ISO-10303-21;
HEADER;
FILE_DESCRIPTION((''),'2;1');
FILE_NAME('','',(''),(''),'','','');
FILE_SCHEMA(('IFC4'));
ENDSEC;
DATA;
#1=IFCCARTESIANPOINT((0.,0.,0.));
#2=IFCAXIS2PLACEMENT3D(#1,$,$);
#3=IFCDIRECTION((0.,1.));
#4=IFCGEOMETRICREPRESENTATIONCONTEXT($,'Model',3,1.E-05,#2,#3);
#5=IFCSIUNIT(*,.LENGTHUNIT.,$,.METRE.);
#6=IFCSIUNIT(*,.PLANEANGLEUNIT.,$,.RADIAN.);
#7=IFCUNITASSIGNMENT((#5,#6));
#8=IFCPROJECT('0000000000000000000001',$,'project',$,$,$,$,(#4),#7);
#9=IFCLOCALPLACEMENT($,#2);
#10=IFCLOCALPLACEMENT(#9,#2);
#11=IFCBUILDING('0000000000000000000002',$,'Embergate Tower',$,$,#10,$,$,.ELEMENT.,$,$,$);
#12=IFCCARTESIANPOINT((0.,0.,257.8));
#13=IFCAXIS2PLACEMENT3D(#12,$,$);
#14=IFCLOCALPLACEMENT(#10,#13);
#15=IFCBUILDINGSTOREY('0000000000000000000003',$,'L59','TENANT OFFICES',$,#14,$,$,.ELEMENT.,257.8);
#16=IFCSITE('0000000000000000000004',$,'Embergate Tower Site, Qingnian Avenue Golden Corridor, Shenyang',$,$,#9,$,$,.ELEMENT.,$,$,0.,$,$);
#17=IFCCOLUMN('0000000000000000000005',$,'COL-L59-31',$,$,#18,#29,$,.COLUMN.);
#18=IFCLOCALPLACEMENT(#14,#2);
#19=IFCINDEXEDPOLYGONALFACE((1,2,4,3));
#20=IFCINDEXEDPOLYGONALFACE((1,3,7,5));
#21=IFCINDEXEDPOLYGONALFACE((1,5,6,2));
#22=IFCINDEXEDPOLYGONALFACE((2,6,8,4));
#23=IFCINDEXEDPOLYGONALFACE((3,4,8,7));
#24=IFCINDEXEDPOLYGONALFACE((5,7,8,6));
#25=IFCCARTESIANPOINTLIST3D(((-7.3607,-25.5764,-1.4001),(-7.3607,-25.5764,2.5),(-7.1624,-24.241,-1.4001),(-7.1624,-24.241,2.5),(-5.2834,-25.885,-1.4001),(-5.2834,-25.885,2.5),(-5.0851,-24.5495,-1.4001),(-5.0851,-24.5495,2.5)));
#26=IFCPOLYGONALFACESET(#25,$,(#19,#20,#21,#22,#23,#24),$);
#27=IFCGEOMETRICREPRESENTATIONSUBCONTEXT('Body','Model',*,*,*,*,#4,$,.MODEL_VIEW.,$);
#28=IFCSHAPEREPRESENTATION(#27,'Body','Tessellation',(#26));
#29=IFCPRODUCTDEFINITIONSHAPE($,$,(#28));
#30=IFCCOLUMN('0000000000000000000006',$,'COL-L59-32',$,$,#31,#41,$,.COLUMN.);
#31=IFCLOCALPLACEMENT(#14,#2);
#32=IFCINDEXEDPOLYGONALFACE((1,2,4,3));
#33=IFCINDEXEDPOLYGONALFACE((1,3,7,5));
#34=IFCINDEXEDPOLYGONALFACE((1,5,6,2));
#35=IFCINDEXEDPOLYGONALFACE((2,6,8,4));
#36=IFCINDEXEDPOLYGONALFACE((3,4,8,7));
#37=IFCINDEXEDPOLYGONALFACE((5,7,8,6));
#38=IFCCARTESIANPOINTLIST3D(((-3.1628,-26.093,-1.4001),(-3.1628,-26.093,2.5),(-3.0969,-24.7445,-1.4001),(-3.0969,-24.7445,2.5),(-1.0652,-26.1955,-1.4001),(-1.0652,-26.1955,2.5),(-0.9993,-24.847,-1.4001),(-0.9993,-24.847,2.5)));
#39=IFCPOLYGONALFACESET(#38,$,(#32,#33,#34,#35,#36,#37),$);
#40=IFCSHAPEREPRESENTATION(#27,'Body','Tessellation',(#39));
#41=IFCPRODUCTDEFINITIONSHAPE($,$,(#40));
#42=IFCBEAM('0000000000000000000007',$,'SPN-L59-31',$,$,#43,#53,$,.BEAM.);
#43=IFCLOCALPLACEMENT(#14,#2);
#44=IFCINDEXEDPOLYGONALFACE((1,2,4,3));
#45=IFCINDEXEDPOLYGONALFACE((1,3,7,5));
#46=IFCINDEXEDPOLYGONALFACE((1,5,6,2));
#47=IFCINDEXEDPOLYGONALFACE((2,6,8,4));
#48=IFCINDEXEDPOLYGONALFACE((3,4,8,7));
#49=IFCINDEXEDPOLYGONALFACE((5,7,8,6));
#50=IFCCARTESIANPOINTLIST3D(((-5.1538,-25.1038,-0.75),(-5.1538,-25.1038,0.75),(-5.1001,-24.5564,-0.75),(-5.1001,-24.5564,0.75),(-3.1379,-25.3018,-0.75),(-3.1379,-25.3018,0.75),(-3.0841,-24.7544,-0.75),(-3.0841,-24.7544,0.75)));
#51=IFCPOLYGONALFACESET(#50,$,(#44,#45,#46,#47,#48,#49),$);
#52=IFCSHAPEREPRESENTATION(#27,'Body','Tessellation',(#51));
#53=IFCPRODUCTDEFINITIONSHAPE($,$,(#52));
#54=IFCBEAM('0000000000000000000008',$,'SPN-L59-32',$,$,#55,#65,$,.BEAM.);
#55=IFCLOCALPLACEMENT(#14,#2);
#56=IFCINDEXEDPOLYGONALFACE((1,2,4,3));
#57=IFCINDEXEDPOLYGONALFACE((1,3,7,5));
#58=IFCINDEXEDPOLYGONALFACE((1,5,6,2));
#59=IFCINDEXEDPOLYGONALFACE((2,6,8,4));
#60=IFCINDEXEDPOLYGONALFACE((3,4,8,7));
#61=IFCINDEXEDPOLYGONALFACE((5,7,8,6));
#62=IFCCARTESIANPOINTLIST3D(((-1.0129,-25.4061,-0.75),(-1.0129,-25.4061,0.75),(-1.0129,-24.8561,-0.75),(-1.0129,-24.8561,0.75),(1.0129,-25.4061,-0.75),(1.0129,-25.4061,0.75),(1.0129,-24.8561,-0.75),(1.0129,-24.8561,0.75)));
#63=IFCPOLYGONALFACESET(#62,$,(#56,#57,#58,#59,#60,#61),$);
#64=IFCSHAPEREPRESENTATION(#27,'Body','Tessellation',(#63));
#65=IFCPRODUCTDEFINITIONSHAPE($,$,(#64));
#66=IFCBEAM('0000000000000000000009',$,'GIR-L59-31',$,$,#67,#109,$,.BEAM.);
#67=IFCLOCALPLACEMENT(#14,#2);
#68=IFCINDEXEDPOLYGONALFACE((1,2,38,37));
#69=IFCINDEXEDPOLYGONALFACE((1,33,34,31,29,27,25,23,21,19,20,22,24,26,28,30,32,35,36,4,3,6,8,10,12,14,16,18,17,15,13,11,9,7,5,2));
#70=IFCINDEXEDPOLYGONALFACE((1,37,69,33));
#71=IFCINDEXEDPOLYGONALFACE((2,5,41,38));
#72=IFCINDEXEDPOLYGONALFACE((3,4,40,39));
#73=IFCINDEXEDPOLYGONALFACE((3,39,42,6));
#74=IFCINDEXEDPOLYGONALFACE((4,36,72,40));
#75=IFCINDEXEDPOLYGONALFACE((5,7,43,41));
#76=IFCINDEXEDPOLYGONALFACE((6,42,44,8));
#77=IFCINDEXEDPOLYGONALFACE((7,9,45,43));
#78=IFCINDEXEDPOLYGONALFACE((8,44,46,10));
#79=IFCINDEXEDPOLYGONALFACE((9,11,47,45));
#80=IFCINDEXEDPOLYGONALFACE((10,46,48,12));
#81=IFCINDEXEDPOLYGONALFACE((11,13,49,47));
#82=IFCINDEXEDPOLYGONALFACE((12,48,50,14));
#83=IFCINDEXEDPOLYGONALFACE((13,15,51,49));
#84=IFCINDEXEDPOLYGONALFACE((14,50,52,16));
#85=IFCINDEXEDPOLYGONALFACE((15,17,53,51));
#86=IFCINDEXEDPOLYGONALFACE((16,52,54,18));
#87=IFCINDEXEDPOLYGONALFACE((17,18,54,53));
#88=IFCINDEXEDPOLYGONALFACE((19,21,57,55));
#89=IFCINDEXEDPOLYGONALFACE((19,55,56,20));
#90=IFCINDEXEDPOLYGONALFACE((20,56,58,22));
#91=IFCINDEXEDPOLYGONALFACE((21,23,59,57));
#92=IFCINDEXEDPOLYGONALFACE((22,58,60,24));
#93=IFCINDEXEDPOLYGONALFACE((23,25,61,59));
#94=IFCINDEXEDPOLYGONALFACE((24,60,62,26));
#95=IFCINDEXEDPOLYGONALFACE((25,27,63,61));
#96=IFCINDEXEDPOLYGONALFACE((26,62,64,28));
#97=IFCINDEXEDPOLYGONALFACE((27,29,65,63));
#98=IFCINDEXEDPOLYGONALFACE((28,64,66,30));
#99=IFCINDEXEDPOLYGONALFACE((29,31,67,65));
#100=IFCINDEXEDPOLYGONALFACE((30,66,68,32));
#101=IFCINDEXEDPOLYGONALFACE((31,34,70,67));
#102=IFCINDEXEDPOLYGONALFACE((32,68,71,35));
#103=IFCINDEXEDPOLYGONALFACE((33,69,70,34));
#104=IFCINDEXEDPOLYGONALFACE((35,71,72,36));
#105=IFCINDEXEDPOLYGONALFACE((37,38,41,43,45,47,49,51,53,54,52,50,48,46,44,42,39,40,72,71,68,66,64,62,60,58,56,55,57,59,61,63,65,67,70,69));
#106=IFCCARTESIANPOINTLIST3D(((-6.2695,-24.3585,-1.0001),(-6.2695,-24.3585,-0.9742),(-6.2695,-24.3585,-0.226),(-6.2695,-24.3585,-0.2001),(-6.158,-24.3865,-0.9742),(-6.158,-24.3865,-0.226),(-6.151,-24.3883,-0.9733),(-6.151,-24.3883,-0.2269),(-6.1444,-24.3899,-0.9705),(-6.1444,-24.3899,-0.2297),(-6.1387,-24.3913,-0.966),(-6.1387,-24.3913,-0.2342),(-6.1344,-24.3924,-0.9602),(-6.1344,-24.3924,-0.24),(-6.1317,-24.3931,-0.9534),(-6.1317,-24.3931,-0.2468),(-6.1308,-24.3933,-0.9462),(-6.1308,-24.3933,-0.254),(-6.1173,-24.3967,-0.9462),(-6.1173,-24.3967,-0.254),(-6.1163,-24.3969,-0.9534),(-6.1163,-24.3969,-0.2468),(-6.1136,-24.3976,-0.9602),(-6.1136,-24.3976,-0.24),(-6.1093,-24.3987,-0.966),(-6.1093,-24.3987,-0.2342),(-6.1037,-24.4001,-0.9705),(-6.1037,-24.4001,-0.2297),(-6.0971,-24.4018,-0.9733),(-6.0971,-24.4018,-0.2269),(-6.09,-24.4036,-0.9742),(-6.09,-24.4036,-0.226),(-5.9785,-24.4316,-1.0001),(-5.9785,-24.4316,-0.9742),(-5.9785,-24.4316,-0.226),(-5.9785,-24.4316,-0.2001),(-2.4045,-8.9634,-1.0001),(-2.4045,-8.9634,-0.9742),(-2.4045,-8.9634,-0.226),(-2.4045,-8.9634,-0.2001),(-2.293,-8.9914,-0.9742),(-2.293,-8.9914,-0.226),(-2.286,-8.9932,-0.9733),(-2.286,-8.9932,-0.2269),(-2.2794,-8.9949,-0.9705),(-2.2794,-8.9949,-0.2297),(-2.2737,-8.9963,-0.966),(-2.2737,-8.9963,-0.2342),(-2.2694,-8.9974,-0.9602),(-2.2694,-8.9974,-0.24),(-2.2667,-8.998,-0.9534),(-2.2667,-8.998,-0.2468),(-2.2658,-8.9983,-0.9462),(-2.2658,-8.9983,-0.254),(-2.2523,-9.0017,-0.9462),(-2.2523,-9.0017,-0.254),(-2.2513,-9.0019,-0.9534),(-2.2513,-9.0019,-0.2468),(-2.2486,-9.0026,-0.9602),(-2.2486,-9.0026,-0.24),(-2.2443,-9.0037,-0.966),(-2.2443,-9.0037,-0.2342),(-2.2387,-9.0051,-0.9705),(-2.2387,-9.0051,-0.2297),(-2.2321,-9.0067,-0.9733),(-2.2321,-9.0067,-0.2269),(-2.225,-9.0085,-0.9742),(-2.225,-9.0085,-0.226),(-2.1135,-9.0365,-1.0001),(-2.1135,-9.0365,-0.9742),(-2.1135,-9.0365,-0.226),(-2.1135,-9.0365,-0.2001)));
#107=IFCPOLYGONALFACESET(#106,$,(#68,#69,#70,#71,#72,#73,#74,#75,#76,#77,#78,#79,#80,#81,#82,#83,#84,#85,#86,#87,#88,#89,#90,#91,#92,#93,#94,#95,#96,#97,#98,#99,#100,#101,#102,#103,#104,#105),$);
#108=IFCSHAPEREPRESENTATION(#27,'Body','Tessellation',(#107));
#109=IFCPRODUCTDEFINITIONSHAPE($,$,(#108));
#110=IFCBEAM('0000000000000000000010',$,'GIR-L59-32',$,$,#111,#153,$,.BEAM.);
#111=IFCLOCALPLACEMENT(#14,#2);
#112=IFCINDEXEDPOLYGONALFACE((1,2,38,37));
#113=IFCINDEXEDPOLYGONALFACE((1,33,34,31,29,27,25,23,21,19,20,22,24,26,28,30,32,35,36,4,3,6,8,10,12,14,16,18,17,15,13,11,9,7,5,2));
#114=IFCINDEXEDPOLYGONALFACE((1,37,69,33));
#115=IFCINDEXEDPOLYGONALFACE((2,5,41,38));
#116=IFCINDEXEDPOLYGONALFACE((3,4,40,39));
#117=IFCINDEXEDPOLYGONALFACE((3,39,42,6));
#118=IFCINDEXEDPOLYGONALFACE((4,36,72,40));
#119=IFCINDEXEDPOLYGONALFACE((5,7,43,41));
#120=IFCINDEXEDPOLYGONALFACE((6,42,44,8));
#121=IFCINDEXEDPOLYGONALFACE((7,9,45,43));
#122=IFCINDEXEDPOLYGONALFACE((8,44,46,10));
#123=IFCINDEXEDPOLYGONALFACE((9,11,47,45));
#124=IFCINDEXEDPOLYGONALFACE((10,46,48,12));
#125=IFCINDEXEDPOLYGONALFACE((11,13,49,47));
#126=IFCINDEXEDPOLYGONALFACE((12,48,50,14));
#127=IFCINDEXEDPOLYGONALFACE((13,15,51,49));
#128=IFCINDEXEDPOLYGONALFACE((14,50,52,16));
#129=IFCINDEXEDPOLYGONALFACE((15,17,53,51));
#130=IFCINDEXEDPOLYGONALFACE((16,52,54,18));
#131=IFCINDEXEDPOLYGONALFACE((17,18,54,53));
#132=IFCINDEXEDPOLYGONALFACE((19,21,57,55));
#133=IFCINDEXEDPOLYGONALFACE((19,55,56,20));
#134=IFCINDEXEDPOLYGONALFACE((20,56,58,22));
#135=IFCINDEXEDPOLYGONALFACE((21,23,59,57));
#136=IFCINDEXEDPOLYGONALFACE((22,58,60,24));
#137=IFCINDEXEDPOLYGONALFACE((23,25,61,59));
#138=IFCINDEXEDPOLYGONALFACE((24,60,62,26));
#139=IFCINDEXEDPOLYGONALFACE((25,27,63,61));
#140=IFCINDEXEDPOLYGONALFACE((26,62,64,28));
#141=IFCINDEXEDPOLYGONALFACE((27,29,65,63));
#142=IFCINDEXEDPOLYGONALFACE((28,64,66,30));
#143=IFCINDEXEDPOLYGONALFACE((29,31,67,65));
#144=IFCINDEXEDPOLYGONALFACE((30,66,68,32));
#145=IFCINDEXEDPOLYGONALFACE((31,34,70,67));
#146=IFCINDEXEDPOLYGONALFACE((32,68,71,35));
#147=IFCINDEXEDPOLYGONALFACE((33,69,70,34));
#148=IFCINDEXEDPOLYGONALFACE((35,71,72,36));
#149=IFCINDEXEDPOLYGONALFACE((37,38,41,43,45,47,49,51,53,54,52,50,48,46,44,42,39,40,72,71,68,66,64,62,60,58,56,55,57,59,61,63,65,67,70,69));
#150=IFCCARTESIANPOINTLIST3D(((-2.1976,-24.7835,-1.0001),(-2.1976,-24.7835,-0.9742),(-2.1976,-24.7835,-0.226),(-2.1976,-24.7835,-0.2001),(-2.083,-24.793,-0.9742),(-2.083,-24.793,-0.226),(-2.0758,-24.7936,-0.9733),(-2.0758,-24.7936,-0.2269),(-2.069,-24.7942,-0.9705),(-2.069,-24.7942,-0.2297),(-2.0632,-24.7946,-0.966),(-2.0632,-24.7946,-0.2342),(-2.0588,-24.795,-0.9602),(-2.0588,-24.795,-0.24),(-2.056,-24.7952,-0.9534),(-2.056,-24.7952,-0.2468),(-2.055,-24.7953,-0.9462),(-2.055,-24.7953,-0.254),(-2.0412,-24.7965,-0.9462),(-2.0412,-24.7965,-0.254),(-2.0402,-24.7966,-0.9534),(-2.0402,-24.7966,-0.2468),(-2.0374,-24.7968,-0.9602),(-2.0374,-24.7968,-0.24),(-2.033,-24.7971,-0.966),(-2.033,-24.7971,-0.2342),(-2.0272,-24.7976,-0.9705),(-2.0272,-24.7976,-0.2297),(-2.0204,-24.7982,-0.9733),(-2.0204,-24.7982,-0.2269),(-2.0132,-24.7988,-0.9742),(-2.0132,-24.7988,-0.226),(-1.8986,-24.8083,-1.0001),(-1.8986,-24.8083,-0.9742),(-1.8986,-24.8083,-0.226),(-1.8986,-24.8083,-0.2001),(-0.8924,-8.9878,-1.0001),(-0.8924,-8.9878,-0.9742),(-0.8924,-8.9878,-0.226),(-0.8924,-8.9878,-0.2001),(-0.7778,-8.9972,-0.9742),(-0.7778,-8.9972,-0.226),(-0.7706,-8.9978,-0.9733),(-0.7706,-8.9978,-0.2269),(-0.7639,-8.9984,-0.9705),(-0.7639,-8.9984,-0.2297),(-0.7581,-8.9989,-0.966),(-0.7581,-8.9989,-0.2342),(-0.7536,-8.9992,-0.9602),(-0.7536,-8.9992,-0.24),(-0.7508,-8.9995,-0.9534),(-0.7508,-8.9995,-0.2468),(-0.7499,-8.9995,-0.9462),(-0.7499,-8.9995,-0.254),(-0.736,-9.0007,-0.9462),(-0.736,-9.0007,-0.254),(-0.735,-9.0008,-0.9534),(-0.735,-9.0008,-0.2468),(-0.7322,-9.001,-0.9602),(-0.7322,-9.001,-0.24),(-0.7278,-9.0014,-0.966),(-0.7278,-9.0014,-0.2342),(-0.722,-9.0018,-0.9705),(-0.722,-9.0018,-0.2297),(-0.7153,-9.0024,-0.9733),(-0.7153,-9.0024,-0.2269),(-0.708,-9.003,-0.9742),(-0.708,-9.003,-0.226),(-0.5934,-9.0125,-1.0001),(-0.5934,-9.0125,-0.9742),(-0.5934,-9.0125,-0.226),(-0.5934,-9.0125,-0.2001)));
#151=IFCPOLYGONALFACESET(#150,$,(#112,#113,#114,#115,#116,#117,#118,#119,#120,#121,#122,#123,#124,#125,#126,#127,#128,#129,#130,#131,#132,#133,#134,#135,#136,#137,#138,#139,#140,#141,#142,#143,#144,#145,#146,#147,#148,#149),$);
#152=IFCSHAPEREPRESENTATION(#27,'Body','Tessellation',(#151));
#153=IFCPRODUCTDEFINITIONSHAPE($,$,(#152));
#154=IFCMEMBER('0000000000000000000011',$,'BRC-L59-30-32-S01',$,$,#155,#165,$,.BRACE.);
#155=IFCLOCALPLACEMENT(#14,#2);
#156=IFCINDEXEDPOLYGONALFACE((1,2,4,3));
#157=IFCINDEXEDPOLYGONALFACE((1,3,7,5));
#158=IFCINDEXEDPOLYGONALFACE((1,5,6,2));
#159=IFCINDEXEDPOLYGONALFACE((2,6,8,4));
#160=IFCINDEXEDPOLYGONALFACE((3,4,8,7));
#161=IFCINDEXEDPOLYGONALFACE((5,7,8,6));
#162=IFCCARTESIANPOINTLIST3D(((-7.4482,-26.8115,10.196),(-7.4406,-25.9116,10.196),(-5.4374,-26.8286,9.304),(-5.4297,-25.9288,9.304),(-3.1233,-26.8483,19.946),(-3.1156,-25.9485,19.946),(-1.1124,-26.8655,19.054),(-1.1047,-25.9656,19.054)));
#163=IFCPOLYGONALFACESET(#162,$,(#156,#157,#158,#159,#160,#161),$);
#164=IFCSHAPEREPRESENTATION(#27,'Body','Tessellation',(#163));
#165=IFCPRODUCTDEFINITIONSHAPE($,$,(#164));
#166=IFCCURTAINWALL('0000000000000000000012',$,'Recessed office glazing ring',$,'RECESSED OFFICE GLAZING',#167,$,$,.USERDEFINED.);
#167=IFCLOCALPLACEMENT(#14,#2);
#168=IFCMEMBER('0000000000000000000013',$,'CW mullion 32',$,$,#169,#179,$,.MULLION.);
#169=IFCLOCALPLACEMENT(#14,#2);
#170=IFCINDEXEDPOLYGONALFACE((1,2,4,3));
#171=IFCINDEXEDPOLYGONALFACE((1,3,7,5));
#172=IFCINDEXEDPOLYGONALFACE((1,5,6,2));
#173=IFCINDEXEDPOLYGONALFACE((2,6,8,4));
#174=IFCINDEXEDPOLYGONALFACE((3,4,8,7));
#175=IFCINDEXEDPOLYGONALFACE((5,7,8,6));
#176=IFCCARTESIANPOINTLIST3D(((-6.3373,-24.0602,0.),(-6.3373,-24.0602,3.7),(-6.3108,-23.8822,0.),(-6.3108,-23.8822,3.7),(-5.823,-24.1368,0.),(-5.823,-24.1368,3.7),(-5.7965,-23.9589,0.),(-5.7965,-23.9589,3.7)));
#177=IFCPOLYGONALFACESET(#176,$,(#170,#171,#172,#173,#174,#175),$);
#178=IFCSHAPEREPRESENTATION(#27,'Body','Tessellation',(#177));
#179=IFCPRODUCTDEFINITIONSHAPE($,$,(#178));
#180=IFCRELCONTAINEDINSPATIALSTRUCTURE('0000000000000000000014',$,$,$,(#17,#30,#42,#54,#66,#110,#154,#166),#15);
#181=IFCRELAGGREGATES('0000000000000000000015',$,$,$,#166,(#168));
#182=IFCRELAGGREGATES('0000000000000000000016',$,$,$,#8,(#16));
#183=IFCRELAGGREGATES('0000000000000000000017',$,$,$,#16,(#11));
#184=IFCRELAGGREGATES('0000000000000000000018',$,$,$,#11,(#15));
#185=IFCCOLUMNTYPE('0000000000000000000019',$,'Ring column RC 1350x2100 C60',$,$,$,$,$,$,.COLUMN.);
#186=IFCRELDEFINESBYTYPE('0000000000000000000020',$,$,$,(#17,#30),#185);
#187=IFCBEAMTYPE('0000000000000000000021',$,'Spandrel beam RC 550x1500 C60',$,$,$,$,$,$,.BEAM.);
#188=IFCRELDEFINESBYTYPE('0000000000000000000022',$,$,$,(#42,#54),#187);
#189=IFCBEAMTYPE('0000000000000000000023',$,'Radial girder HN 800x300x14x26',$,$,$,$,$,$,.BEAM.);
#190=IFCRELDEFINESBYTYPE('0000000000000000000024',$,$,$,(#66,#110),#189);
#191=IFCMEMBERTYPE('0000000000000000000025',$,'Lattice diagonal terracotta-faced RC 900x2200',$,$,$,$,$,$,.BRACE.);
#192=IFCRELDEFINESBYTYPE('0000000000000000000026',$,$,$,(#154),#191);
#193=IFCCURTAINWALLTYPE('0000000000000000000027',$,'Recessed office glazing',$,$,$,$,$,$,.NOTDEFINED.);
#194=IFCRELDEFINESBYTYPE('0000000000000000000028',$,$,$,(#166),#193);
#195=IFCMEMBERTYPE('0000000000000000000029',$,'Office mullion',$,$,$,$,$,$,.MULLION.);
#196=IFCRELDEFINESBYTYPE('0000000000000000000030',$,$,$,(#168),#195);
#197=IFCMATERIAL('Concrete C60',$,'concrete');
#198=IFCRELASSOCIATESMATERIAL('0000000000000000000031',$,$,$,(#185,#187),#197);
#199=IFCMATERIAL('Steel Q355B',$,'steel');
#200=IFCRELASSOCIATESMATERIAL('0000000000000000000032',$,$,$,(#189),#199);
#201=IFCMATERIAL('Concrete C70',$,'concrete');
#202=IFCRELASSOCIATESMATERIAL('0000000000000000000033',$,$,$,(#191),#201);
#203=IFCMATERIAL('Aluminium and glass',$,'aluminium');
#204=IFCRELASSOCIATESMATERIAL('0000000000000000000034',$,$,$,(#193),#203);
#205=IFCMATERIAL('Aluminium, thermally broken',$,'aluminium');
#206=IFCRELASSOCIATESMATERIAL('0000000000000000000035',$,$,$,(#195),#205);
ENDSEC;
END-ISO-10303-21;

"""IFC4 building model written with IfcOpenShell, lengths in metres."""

from ifc_helpers import new_model, si_unit, direction, frame, origin, origin_2d, place, context, subcontext, project, spatial, rectangle, i_section, extrude, source, transform, mapped, material, material_profile, profile_set, type_object, element, aggregate, save


model = new_model("IFC4")

# Units and contexts
model_context = context("Model", 3, precision=1e-05, world=origin(), true_north=direction((0.0, 1.0)))
body_context = subcontext(model_context, "Body", "Model", "MODEL_VIEW")
ifc_project = project(units=[si_unit("LENGTHUNIT", "METRE"), si_unit("PLANEANGLEUNIT", "RADIAN")], contexts=[model_context])

# Site, building, storey
site_placement = place(None, origin())
site = spatial("IfcSite", under=ifc_project, at=site_placement, Name="Embergate Tower Site, Qingnian Avenue Golden Corridor, Shenyang", CompositionType="ELEMENT", RefElevation=0.0)
building_placement = place(site_placement, origin())
building = spatial("IfcBuilding", under=site, at=building_placement, Name="Embergate Tower", CompositionType="ELEMENT")
storey_placement = place(building_placement, frame((0.0, 0.0, 257.8)))
storey = spatial("IfcBuildingStorey", under=building, at=storey_placement, Name="L59", Description="TENANT OFFICES", CompositionType="ELEMENT", Elevation=257.8)

# Columns
ifc_material_1 = material(Name="Concrete C60", Category="concrete")
ifc_material_profile_1 = material_profile(ifc_material_1, rectangle(XDim=1.3501, YDim=2.1001, at=origin_2d()), Name="RC 1350x2100")
ifc_profile_set_1 = profile_set([ifc_material_profile_1], Name="Concrete C60")
column_type = type_object("IfcColumnType", Name="Ring column RC 1350x2100 C60", PredefinedType="COLUMN", material=ifc_profile_set_1)
shared_shape_1 = source(origin(), body_context, "Body", "SweptSolid", [
    extrude(rectangle(XDim=1.3501, YDim=2.1001, at=origin_2d()), origin(), (0.0, 0.0, 1.0), 3.9001),
])
for number, where, z_axis, x_axis, name in (
    (1, (-6.2229, -25.063, -1.4001), (0.0, 0.0, 1.0), (-0.146929, -0.989147, 0.0), "COL-L59-31"),
    (2, (-2.0811, -25.47, -1.4001), (0.0, 0.0, 1.0), (-0.048815, -0.998808, 0.0), "COL-L59-32"),
):
    element("IfcColumn", number, at=place(storey_placement, frame(where, z_axis=z_axis, x_axis=x_axis)), inside=storey, type_object=column_type, Name=name, PredefinedType="COLUMN", context=body_context, shape_type="MappedRepresentation", body=[
        mapped(shared_shape_1, transform((0.0, 0.0, 0.0))),
    ])

# Beams
ifc_material_profile_2 = material_profile(ifc_material_1, rectangle(XDim=0.55, YDim=1.5, at=origin_2d()), Name="RC 550x1500")
ifc_profile_set_2 = profile_set([ifc_material_profile_2], Name="Concrete C60")
beam_type_1 = type_object("IfcBeamType", Name="Spandrel beam RC 550x1500 C60", PredefinedType="BEAM", material=ifc_profile_set_2)
shared_shape_2 = source(origin(), body_context, "Body", "SweptSolid", [
    extrude(rectangle(XDim=0.55, YDim=1.5, at=origin_2d()), origin(), (0.0, 0.0, 1.0), 2.0256),
])
beam_1_placement = place(storey_placement, frame((-5.127, -24.8301, 0.0), z_axis=(0.995211, -0.097749, 0.0), x_axis=(0.097749, 0.995211, 0.0)))
element("IfcBeam", 3, at=beam_1_placement, inside=storey, type_object=beam_type_1, Name="SPN-L59-31", PredefinedType="BEAM", context=body_context, shape_type="MappedRepresentation", body=[
    mapped(shared_shape_2, transform((0.0, 0.0, 0.0))),
])
shared_shape_3 = source(origin(), body_context, "Body", "SweptSolid", [
    extrude(rectangle(XDim=0.55, YDim=1.5, at=origin_2d()), origin(), (0.0, 0.0, 1.0), 2.0259),
])
beam_2_placement = place(storey_placement, frame((-1.0129, -25.1311, 0.0), z_axis=(1.0, 0.0, 0.0), x_axis=(0.0, 1.0, 0.0)))
element("IfcBeam", 4, at=beam_2_placement, inside=storey, type_object=beam_type_1, Name="SPN-L59-32", PredefinedType="BEAM", context=body_context, shape_type="MappedRepresentation", body=[
    mapped(shared_shape_3, transform((0.0, 0.0, 0.0))),
])
ifc_material_2 = material(Name="Steel Q355B", Category="steel")
ifc_material_profile_3 = material_profile(ifc_material_2, i_section(OverallWidth=0.3, OverallDepth=0.8, WebThickness=0.0139, FlangeThickness=0.0259, FilletRadius=0.0281, at=origin_2d()), Name="HN 800x300x14x26")
ifc_profile_set_3 = profile_set([ifc_material_profile_3], Name="Steel Q355 grade B")
beam_type_2 = type_object("IfcBeamType", Name="Radial girder HN 800x300x14x26", PredefinedType="BEAM", material=ifc_profile_set_3)
shared_shape_4 = source(origin(), body_context, "Body", "SweptSolid", [
    extrude(i_section(OverallWidth=0.3, OverallDepth=0.8, WebThickness=0.0139, FlangeThickness=0.0259, FilletRadius=0.0281, at=origin_2d()), origin(), (0.0, 0.0, 1.0), 15.8728),
])
beam_3_placement = place(storey_placement, frame((-6.124, -24.395, -0.6001), z_axis=(0.243498, 0.969901, 0.0), x_axis=(-0.969901, 0.243498, 0.0)))
element("IfcBeam", 5, at=beam_3_placement, inside=storey, type_object=beam_type_2, Name="GIR-L59-31", PredefinedType="BEAM", context=body_context, shape_type="MappedRepresentation", body=[
    mapped(shared_shape_4, transform((0.0, 0.0, 0.0))),
])
shared_shape_5 = source(origin(), body_context, "Body", "SweptSolid", [
    extrude(i_section(OverallWidth=0.3, OverallDepth=0.8, WebThickness=0.0139, FlangeThickness=0.0259, FilletRadius=0.0281, at=origin_2d()), origin(), (0.0, 0.0, 1.0), 15.8496),
])
beam_4_placement = place(storey_placement, frame((-2.0481, -24.7959, -0.6001), z_axis=(0.082347, 0.996604, 0.0), x_axis=(-0.996604, 0.082347, 0.0)))
element("IfcBeam", 6, at=beam_4_placement, inside=storey, type_object=beam_type_2, Name="GIR-L59-32", PredefinedType="BEAM", context=body_context, shape_type="MappedRepresentation", body=[
    mapped(shared_shape_5, transform((0.0, 0.0, 0.0))),
])

# Member
ifc_material_3 = material(Name="Concrete C70", Category="concrete")
ifc_material_profile_4 = material_profile(ifc_material_3, rectangle(XDim=0.8999, YDim=2.2, at=origin_2d()), Name="RC 900x2200")
ifc_profile_set_4 = profile_set([ifc_material_profile_4], Name="Concrete C70")
member_type_1 = type_object("IfcMemberType", Name="Lattice diagonal terracotta-faced RC 900x2200", PredefinedType="BRACE", material=ifc_profile_set_4)
shared_shape_6 = source(origin(), body_context, "Body", "SweptSolid", [
    extrude(rectangle(XDim=0.8999, YDim=2.2, at=origin_2d()), origin(), (0.0, 0.0, 1.0), 10.6663),
])
member_1_placement = place(storey_placement, frame((-6.439, -26.3701, 9.75), z_axis=(0.40548, -0.003456, 0.914098), x_axis=(0.008524, 0.999964, 0.0)))
element("IfcMember", 7, at=member_1_placement, inside=storey, type_object=member_type_1, Name="BRC-L59-30-32-S01", PredefinedType="BRACE", context=body_context, shape_type="MappedRepresentation", body=[
    mapped(shared_shape_6, transform((0.0, 0.0, 0.0))),
])

# Curtain wall, member
ifc_material_4 = material(Name="Aluminium and glass", Category="aluminium")
curtain_wall_type = type_object("IfcCurtainWallType", Name="Recessed office glazing", PredefinedType="NOTDEFINED", material=ifc_material_4)
curtain_wall_placement = place(storey_placement, origin())
curtain_wall = element("IfcCurtainWall", 8, at=curtain_wall_placement, inside=storey, type_object=curtain_wall_type, Name="Recessed office glazing ring", ObjectType="RECESSED OFFICE GLAZING", PredefinedType="USERDEFINED")
ifc_material_5 = material(Name="Aluminium, thermally broken", Category="aluminium")
ifc_material_profile_5 = material_profile(ifc_material_5, rectangle(XDim=0.1799, YDim=0.52, at=origin_2d()), Name="AL 520x180")
ifc_profile_set_5 = profile_set([ifc_material_profile_5], Name="Aluminium, thermally broken")
member_type_2 = type_object("IfcMemberType", Name="Office mullion", PredefinedType="MULLION", material=ifc_profile_set_5)
shared_shape_7 = source(origin(), body_context, "Body", "SweptSolid", [
    extrude(rectangle(XDim=0.1799, YDim=0.52, at=origin_2d()), origin(), (0.0, 0.0, 1.0), 3.7),
])
member_2_placement = place(storey_placement, frame((-6.0669, -24.0095, 0.0), z_axis=(0.0, 0.0, 1.0), x_axis=(0.147411, 0.989075, 0.0)))
member_2 = element("IfcMember", 9, at=member_2_placement, type_object=member_type_2, Name="CW mullion 32", PredefinedType="MULLION", context=body_context, shape_type="MappedRepresentation", body=[
    mapped(shared_shape_7, transform((0.0, 0.0, 0.0))),
])

aggregate(curtain_wall, [member_2])

save(model, "model.ifc")
